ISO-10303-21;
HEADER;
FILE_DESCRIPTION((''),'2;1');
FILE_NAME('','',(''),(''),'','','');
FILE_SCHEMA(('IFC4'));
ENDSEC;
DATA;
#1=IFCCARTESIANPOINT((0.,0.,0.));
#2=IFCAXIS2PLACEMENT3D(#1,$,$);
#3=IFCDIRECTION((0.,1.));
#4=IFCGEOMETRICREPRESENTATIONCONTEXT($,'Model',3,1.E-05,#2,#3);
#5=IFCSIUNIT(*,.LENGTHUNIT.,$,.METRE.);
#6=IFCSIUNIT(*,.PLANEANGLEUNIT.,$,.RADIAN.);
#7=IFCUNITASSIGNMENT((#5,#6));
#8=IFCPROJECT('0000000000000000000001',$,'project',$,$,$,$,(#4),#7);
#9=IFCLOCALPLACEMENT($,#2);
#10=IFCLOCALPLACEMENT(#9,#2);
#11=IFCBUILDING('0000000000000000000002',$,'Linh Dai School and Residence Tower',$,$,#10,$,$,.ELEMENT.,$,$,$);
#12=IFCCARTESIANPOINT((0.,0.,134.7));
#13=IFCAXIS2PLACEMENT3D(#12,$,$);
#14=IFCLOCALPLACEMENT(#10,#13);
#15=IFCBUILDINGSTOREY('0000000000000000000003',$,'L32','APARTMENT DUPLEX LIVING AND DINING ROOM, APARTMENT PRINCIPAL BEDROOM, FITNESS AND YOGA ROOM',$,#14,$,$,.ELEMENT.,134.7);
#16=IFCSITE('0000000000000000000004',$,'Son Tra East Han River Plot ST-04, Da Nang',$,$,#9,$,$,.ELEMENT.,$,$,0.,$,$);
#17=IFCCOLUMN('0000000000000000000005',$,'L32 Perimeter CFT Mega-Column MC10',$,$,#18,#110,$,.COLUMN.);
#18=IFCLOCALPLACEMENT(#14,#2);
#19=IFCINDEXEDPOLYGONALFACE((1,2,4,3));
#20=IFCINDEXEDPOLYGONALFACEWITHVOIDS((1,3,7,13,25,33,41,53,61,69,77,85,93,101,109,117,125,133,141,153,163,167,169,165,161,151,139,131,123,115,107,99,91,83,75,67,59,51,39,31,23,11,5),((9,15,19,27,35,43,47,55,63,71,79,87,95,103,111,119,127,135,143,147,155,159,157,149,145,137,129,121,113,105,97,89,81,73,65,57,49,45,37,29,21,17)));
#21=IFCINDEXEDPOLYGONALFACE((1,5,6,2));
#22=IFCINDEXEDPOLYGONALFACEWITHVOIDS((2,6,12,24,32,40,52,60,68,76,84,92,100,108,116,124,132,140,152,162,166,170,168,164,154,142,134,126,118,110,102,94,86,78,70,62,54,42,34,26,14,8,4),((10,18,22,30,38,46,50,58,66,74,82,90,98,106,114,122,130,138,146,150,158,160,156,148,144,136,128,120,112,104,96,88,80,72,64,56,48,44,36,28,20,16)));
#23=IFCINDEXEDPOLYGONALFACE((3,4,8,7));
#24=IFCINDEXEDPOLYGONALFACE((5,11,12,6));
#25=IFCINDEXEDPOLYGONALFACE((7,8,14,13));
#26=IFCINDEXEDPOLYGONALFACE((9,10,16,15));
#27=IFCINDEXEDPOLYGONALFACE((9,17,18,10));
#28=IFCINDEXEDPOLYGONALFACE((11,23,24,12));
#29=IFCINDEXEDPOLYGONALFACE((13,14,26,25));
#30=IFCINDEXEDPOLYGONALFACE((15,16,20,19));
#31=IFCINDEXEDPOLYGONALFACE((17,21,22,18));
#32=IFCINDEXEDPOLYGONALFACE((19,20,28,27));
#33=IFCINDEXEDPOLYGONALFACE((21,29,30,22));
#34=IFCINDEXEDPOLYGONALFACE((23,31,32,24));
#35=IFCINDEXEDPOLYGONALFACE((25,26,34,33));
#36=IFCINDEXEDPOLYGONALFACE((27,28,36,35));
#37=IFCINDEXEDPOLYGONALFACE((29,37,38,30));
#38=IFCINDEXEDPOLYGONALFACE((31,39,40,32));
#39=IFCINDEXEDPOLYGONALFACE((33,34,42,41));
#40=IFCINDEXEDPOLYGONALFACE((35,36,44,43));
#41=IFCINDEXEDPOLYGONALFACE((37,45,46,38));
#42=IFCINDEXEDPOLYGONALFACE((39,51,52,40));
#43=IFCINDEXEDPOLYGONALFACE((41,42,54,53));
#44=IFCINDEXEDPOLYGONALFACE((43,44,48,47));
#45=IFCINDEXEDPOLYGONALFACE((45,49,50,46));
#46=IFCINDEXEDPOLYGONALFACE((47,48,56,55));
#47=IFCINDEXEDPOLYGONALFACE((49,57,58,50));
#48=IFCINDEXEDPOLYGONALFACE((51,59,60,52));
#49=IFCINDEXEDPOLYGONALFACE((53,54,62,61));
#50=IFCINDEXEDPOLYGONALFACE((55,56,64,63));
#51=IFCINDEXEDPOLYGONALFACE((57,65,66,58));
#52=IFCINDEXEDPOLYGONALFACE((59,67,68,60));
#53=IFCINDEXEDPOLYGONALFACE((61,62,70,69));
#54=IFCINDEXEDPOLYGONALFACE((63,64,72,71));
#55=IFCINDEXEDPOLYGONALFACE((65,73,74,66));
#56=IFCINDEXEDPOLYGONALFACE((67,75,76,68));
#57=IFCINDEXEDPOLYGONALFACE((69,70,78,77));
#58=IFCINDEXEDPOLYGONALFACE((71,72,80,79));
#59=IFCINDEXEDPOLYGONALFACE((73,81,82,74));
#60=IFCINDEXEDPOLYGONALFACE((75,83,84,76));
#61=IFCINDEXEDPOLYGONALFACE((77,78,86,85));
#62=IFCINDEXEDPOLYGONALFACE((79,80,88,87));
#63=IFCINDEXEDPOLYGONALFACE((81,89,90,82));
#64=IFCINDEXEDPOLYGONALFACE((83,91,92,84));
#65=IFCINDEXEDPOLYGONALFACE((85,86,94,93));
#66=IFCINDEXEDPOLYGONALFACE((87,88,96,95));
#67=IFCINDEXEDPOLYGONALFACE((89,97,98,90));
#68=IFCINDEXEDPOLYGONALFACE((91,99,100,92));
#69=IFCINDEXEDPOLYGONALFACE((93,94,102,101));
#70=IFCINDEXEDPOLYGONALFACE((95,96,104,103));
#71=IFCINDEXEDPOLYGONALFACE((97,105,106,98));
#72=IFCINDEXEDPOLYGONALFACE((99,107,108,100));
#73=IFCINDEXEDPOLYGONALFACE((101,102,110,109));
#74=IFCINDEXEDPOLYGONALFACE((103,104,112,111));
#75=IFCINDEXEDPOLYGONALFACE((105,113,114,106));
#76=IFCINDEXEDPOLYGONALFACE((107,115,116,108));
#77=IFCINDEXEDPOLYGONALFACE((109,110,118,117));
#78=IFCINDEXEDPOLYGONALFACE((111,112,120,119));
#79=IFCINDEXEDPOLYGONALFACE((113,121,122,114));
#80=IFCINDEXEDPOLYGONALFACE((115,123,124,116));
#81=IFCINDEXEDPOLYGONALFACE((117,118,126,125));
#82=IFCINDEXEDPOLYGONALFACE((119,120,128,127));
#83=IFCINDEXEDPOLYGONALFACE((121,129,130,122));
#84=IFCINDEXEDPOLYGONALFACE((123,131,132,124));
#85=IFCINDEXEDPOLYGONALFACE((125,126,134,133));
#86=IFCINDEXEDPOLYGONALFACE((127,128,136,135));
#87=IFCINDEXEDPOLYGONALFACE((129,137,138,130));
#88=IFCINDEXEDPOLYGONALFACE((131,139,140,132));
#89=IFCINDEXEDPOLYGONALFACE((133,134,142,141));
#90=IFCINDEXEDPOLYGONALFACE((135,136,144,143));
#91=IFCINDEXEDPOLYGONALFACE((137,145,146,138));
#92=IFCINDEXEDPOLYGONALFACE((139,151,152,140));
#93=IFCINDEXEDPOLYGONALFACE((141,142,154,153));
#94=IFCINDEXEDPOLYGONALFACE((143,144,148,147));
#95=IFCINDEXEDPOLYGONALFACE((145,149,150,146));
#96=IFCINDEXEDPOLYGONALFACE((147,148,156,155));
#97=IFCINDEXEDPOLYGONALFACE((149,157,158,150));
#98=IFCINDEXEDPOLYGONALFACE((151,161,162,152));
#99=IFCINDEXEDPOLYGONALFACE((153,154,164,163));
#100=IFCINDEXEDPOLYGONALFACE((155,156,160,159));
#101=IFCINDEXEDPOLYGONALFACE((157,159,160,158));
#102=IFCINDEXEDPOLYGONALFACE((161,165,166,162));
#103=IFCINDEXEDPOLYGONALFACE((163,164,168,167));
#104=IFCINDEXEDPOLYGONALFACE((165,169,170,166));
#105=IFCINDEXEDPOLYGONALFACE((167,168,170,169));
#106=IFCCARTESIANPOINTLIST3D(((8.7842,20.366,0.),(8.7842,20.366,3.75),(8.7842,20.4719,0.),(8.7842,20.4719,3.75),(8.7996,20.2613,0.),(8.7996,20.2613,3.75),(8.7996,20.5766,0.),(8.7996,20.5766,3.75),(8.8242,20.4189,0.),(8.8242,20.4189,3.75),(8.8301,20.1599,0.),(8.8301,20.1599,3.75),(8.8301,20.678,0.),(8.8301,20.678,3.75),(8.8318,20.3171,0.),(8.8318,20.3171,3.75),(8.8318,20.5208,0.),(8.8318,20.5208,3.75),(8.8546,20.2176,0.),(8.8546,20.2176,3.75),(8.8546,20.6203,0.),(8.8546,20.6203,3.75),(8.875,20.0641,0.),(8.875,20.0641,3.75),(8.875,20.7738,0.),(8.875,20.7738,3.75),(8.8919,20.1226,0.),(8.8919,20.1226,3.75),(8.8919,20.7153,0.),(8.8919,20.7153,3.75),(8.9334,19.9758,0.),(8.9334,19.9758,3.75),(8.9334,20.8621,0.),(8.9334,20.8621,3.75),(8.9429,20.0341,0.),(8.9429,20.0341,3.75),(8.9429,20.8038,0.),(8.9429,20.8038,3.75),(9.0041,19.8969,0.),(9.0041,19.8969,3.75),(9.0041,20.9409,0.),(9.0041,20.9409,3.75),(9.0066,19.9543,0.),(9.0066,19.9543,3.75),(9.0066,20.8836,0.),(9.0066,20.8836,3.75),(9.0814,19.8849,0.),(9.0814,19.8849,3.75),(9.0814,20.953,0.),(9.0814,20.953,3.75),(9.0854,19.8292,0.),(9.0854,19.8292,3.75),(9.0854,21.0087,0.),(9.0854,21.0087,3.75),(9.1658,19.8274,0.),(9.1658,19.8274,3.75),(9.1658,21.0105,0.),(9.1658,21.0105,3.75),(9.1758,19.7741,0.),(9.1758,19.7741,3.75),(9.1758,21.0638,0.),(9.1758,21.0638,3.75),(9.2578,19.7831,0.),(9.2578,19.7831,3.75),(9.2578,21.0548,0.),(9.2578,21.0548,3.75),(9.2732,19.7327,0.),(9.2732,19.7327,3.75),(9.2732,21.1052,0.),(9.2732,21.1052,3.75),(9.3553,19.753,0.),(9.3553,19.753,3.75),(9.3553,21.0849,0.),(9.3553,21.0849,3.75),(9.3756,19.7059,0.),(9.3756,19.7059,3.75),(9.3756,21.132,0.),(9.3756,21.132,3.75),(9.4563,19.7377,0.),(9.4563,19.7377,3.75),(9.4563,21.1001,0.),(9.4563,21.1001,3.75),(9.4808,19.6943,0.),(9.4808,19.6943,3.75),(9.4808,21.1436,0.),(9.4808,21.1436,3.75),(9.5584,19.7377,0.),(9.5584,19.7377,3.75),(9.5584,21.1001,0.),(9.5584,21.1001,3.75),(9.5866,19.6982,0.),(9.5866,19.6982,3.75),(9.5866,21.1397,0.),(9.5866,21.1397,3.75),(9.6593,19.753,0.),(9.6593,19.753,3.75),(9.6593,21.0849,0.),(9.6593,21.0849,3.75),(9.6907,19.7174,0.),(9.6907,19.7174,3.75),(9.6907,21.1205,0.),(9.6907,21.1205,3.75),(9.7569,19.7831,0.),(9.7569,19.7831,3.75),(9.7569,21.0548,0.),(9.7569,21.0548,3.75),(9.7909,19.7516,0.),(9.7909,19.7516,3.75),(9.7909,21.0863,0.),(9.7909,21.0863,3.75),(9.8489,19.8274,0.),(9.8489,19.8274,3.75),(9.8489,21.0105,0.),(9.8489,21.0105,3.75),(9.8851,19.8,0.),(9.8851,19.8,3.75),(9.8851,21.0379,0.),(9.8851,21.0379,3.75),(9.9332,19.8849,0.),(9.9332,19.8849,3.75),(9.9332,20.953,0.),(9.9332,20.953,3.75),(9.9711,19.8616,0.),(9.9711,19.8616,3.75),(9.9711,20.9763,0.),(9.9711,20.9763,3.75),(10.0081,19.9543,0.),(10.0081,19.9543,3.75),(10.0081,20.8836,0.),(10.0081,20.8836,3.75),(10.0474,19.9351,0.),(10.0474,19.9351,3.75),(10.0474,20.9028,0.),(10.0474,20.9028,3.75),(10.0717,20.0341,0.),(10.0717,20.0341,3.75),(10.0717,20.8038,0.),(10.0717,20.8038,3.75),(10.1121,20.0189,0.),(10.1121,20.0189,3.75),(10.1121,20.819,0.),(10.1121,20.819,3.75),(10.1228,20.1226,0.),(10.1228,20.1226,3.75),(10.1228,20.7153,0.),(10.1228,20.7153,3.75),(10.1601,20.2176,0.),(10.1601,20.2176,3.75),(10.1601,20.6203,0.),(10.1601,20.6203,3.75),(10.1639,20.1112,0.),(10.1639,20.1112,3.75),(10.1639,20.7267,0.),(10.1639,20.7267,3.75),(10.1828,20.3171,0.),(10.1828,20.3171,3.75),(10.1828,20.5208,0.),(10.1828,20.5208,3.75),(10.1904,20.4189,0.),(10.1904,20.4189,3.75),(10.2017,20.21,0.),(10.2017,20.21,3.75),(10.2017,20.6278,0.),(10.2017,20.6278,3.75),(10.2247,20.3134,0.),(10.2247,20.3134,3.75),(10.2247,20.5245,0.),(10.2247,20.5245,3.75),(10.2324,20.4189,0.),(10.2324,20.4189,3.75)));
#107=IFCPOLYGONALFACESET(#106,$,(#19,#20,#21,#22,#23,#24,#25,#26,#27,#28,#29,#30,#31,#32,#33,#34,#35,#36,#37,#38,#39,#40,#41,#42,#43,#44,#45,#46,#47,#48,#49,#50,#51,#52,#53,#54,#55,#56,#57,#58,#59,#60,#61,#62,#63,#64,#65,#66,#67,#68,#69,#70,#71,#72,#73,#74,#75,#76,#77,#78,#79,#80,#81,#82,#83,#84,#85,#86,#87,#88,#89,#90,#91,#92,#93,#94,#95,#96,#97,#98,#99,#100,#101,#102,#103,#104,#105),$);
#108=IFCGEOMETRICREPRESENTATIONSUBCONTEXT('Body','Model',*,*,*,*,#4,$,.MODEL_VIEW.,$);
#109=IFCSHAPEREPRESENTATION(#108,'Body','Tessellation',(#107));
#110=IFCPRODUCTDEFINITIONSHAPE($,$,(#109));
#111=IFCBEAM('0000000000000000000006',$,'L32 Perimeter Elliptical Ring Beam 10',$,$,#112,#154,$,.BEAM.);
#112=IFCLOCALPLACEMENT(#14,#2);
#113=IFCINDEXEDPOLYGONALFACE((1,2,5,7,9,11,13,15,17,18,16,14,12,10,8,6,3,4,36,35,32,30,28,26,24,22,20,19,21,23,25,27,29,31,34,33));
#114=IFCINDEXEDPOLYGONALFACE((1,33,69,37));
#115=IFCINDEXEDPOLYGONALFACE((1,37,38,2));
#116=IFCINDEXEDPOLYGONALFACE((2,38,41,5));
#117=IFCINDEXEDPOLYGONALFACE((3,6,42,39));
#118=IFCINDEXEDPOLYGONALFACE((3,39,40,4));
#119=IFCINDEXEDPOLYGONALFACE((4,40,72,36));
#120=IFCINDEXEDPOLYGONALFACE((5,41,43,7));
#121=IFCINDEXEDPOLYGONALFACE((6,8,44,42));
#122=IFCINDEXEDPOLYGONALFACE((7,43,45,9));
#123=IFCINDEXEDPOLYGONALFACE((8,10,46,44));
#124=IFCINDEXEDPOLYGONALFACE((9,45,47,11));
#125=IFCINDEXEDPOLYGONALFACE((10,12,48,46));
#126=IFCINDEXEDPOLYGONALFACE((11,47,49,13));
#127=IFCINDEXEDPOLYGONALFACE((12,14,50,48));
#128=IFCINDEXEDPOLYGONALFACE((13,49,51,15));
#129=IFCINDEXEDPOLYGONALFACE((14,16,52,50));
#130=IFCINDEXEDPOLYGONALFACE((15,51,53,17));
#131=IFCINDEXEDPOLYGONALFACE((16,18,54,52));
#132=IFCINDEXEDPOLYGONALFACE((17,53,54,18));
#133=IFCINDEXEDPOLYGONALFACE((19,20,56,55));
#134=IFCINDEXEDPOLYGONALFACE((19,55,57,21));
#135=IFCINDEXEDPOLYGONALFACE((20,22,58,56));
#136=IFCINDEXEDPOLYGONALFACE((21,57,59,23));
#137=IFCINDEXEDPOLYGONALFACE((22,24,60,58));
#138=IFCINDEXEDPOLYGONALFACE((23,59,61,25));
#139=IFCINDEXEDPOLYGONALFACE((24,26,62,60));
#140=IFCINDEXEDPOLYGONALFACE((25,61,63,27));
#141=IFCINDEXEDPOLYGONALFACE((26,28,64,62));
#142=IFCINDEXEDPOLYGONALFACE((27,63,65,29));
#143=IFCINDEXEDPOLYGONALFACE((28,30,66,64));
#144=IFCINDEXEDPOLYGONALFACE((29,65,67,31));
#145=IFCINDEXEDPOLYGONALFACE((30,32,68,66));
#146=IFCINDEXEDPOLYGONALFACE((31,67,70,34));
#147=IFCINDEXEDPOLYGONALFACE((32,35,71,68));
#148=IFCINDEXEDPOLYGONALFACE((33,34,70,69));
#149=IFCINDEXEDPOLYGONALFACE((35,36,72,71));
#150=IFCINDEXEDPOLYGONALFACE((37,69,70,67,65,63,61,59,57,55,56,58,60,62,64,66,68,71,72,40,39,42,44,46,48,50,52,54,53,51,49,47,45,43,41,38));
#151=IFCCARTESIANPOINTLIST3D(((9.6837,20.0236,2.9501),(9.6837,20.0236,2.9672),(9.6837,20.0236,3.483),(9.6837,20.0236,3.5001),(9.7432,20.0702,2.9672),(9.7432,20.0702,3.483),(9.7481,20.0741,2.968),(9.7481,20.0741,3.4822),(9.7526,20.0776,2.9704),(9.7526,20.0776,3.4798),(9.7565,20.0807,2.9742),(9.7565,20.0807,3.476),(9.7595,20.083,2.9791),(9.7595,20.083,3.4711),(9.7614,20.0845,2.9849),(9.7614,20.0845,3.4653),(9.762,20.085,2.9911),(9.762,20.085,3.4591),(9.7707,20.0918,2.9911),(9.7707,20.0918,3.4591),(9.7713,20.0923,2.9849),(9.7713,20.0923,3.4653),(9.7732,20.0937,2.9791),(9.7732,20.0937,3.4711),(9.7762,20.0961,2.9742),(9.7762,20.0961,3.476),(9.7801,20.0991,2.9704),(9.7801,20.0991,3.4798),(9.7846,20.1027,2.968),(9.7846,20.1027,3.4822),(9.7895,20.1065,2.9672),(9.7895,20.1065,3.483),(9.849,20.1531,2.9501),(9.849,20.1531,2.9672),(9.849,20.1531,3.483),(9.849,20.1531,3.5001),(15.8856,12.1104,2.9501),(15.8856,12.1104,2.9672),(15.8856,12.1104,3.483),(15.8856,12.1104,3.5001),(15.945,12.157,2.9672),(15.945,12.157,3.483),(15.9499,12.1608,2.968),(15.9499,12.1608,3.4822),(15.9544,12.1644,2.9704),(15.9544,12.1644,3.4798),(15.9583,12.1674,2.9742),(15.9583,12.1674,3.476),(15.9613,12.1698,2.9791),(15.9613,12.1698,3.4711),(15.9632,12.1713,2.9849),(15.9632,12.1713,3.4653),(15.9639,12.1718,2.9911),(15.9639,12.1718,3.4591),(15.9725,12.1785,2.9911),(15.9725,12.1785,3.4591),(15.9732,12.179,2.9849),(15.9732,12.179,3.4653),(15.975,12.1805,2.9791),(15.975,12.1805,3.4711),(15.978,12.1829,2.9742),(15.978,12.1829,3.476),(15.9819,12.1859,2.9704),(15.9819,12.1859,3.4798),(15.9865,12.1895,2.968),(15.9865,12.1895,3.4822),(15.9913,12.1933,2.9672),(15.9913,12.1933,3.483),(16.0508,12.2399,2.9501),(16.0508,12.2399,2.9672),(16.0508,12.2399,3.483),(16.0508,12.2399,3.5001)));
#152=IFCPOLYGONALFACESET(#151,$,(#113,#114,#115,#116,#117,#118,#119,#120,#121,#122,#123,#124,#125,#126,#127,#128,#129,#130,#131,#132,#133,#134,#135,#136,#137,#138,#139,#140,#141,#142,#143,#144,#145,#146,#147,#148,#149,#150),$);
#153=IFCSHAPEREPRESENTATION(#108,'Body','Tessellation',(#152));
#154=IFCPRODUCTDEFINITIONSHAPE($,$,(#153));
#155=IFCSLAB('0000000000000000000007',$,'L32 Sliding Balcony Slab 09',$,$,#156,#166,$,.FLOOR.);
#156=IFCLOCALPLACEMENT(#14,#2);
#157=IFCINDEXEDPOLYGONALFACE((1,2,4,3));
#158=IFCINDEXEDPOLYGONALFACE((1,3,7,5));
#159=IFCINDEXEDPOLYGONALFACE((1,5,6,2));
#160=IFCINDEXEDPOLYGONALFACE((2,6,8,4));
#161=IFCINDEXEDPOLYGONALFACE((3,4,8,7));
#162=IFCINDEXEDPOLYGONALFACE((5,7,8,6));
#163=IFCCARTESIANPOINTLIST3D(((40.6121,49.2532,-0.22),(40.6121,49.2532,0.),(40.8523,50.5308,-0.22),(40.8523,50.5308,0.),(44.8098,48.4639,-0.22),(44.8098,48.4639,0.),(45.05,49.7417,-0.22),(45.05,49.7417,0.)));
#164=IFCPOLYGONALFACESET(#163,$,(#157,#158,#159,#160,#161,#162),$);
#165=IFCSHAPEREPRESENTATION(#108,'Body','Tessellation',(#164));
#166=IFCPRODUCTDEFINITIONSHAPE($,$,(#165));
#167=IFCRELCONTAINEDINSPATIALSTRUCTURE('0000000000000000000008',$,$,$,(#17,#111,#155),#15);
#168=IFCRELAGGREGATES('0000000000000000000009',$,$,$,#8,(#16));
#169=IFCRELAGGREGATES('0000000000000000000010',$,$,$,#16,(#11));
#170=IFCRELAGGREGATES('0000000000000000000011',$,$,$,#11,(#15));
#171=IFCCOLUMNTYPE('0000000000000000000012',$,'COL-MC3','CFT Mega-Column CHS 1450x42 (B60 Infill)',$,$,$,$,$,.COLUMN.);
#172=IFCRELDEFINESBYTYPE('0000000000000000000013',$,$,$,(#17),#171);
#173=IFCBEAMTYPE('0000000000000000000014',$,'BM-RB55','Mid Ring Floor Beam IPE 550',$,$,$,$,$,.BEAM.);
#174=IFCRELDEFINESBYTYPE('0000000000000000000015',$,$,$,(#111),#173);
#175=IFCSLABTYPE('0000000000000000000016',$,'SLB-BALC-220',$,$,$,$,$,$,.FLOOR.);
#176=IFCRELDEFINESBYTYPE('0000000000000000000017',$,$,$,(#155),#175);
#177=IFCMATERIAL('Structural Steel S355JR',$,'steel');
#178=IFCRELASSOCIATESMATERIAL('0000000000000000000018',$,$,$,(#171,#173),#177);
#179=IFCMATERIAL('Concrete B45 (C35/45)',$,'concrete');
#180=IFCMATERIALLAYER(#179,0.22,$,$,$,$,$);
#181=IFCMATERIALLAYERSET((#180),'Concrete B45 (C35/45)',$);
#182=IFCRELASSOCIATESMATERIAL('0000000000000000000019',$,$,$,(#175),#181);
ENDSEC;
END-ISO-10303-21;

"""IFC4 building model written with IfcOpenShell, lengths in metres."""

from ifc_helpers import new_model, si_unit, direction, frame, origin, origin_2d, place, context, subcontext, project, spatial, polyline, hollow_circle, i_section, outline, extrude, material, layer, layer_set, material_profile, profile_set, type_object, element, save


model = new_model("IFC4")

# Units and contexts
model_context = context("Model", 3, precision=1e-05, world=origin(), true_north=direction((0.0, 1.0)))
body_context = subcontext(model_context, "Body", "Model", "MODEL_VIEW")
ifc_project = project(units=[si_unit("LENGTHUNIT", "METRE"), si_unit("PLANEANGLEUNIT", "RADIAN")], contexts=[model_context])

# Site, building, storey
site_placement = place(None, origin())
site = spatial("IfcSite", under=ifc_project, at=site_placement, Name="Son Tra East Han River Plot ST-04, Da Nang", CompositionType="ELEMENT", RefElevation=0.0)
building_placement = place(site_placement, origin())
building = spatial("IfcBuilding", under=site, at=building_placement, Name="Linh Dai School and Residence Tower", CompositionType="ELEMENT")
storey_placement = place(building_placement, frame((0.0, 0.0, 134.7)))
storey = spatial("IfcBuildingStorey", under=building, at=storey_placement, Name="L32", Description="APARTMENT DUPLEX LIVING AND DINING ROOM, APARTMENT PRINCIPAL BEDROOM, FITNESS AND YOGA ROOM", CompositionType="ELEMENT", Elevation=134.7)

# Column
ifc_material_1 = material(Name="Structural Steel S355JR", Category="steel")
ifc_material_profile_1 = material_profile(ifc_material_1, hollow_circle(Radius=0.7251, WallThickness=0.042, at=origin_2d()), Name="CHS 1450x42")
ifc_profile_set_1 = profile_set([ifc_material_profile_1], Name="Structural Steel S355JR")
column_type = type_object("IfcColumnType", Name="COL-MC3", Description="CFT Mega-Column CHS 1450x42 (B60 Infill)", PredefinedType="COLUMN", material=ifc_profile_set_1)
column_placement = place(storey_placement, frame((9.5073, 20.4189, 0.0), z_axis=(0.0, 0.0, 1.0), x_axis=(1.0, 0.0, 0.0)))
element("IfcColumn", 1, at=column_placement, inside=storey, type_object=column_type, Name="L32 Perimeter CFT Mega-Column MC10", PredefinedType="COLUMN", context=body_context, shape_type="SweptSolid", body=[
    extrude(hollow_circle(Radius=0.7251, WallThickness=0.042, at=origin_2d()), origin(), (0.0, 0.0, 1.0), 3.75),
])

# Beam
ifc_material_profile_2 = material_profile(ifc_material_1, i_section(OverallWidth=0.21, OverallDepth=0.55, WebThickness=0.011, FlangeThickness=0.0171, FilletRadius=0.0239, at=origin_2d()), Name="IPE 550")
ifc_profile_set_2 = profile_set([ifc_material_profile_2], Name="Structural Steel S355JR")
beam_type = type_object("IfcBeamType", Name="BM-RB55", Description="Mid Ring Floor Beam IPE 550", PredefinedType="BEAM", material=ifc_profile_set_2)
beam_placement = place(storey_placement, frame((9.7664, 20.0884, 3.2251), z_axis=(0.616855, -0.787077, 0.0), x_axis=(0.787077, 0.616855, 0.0)))
element("IfcBeam", 2, at=beam_placement, inside=storey, type_object=beam_type, Name="L32 Perimeter Elliptical Ring Beam 10", PredefinedType="BEAM", context=body_context, shape_type="SweptSolid", body=[
    extrude(i_section(OverallWidth=0.21, OverallDepth=0.55, WebThickness=0.011, FlangeThickness=0.0171, FilletRadius=0.0239, at=origin_2d()), origin(), (0.0, 0.0, 1.0), 10.054),
])

# Slab
ifc_material_2 = material(Name="Concrete B45 (C35/45)", Category="concrete")
ifc_layer_1 = layer(ifc_material_2, 0.22)
ifc_layer_set_1 = layer_set([ifc_layer_1], Name="Concrete B45 (C35/45)")
slab_type_1 = type_object("IfcSlabType", Name="SLB-BALC-220", PredefinedType="FLOOR", material=ifc_layer_set_1)
slab_1_placement = place(storey_placement, frame((0.0, 0.0, -0.22)))
element("IfcSlab", 3, at=slab_1_placement, inside=storey, type_object=slab_type_1, Name="L32 Sliding Balcony Slab 09", PredefinedType="FLOOR", context=body_context, shape_type="SweptSolid", body=[
    extrude(outline(polyline([(40.6121, 49.2532), (44.8098, 48.4639), (45.05, 49.7417), (40.8523, 50.5308), (40.6121, 49.2532)])), origin(), (0.0, 0.0, 1.0), 0.22),
])

save(model, "model.ifc")
